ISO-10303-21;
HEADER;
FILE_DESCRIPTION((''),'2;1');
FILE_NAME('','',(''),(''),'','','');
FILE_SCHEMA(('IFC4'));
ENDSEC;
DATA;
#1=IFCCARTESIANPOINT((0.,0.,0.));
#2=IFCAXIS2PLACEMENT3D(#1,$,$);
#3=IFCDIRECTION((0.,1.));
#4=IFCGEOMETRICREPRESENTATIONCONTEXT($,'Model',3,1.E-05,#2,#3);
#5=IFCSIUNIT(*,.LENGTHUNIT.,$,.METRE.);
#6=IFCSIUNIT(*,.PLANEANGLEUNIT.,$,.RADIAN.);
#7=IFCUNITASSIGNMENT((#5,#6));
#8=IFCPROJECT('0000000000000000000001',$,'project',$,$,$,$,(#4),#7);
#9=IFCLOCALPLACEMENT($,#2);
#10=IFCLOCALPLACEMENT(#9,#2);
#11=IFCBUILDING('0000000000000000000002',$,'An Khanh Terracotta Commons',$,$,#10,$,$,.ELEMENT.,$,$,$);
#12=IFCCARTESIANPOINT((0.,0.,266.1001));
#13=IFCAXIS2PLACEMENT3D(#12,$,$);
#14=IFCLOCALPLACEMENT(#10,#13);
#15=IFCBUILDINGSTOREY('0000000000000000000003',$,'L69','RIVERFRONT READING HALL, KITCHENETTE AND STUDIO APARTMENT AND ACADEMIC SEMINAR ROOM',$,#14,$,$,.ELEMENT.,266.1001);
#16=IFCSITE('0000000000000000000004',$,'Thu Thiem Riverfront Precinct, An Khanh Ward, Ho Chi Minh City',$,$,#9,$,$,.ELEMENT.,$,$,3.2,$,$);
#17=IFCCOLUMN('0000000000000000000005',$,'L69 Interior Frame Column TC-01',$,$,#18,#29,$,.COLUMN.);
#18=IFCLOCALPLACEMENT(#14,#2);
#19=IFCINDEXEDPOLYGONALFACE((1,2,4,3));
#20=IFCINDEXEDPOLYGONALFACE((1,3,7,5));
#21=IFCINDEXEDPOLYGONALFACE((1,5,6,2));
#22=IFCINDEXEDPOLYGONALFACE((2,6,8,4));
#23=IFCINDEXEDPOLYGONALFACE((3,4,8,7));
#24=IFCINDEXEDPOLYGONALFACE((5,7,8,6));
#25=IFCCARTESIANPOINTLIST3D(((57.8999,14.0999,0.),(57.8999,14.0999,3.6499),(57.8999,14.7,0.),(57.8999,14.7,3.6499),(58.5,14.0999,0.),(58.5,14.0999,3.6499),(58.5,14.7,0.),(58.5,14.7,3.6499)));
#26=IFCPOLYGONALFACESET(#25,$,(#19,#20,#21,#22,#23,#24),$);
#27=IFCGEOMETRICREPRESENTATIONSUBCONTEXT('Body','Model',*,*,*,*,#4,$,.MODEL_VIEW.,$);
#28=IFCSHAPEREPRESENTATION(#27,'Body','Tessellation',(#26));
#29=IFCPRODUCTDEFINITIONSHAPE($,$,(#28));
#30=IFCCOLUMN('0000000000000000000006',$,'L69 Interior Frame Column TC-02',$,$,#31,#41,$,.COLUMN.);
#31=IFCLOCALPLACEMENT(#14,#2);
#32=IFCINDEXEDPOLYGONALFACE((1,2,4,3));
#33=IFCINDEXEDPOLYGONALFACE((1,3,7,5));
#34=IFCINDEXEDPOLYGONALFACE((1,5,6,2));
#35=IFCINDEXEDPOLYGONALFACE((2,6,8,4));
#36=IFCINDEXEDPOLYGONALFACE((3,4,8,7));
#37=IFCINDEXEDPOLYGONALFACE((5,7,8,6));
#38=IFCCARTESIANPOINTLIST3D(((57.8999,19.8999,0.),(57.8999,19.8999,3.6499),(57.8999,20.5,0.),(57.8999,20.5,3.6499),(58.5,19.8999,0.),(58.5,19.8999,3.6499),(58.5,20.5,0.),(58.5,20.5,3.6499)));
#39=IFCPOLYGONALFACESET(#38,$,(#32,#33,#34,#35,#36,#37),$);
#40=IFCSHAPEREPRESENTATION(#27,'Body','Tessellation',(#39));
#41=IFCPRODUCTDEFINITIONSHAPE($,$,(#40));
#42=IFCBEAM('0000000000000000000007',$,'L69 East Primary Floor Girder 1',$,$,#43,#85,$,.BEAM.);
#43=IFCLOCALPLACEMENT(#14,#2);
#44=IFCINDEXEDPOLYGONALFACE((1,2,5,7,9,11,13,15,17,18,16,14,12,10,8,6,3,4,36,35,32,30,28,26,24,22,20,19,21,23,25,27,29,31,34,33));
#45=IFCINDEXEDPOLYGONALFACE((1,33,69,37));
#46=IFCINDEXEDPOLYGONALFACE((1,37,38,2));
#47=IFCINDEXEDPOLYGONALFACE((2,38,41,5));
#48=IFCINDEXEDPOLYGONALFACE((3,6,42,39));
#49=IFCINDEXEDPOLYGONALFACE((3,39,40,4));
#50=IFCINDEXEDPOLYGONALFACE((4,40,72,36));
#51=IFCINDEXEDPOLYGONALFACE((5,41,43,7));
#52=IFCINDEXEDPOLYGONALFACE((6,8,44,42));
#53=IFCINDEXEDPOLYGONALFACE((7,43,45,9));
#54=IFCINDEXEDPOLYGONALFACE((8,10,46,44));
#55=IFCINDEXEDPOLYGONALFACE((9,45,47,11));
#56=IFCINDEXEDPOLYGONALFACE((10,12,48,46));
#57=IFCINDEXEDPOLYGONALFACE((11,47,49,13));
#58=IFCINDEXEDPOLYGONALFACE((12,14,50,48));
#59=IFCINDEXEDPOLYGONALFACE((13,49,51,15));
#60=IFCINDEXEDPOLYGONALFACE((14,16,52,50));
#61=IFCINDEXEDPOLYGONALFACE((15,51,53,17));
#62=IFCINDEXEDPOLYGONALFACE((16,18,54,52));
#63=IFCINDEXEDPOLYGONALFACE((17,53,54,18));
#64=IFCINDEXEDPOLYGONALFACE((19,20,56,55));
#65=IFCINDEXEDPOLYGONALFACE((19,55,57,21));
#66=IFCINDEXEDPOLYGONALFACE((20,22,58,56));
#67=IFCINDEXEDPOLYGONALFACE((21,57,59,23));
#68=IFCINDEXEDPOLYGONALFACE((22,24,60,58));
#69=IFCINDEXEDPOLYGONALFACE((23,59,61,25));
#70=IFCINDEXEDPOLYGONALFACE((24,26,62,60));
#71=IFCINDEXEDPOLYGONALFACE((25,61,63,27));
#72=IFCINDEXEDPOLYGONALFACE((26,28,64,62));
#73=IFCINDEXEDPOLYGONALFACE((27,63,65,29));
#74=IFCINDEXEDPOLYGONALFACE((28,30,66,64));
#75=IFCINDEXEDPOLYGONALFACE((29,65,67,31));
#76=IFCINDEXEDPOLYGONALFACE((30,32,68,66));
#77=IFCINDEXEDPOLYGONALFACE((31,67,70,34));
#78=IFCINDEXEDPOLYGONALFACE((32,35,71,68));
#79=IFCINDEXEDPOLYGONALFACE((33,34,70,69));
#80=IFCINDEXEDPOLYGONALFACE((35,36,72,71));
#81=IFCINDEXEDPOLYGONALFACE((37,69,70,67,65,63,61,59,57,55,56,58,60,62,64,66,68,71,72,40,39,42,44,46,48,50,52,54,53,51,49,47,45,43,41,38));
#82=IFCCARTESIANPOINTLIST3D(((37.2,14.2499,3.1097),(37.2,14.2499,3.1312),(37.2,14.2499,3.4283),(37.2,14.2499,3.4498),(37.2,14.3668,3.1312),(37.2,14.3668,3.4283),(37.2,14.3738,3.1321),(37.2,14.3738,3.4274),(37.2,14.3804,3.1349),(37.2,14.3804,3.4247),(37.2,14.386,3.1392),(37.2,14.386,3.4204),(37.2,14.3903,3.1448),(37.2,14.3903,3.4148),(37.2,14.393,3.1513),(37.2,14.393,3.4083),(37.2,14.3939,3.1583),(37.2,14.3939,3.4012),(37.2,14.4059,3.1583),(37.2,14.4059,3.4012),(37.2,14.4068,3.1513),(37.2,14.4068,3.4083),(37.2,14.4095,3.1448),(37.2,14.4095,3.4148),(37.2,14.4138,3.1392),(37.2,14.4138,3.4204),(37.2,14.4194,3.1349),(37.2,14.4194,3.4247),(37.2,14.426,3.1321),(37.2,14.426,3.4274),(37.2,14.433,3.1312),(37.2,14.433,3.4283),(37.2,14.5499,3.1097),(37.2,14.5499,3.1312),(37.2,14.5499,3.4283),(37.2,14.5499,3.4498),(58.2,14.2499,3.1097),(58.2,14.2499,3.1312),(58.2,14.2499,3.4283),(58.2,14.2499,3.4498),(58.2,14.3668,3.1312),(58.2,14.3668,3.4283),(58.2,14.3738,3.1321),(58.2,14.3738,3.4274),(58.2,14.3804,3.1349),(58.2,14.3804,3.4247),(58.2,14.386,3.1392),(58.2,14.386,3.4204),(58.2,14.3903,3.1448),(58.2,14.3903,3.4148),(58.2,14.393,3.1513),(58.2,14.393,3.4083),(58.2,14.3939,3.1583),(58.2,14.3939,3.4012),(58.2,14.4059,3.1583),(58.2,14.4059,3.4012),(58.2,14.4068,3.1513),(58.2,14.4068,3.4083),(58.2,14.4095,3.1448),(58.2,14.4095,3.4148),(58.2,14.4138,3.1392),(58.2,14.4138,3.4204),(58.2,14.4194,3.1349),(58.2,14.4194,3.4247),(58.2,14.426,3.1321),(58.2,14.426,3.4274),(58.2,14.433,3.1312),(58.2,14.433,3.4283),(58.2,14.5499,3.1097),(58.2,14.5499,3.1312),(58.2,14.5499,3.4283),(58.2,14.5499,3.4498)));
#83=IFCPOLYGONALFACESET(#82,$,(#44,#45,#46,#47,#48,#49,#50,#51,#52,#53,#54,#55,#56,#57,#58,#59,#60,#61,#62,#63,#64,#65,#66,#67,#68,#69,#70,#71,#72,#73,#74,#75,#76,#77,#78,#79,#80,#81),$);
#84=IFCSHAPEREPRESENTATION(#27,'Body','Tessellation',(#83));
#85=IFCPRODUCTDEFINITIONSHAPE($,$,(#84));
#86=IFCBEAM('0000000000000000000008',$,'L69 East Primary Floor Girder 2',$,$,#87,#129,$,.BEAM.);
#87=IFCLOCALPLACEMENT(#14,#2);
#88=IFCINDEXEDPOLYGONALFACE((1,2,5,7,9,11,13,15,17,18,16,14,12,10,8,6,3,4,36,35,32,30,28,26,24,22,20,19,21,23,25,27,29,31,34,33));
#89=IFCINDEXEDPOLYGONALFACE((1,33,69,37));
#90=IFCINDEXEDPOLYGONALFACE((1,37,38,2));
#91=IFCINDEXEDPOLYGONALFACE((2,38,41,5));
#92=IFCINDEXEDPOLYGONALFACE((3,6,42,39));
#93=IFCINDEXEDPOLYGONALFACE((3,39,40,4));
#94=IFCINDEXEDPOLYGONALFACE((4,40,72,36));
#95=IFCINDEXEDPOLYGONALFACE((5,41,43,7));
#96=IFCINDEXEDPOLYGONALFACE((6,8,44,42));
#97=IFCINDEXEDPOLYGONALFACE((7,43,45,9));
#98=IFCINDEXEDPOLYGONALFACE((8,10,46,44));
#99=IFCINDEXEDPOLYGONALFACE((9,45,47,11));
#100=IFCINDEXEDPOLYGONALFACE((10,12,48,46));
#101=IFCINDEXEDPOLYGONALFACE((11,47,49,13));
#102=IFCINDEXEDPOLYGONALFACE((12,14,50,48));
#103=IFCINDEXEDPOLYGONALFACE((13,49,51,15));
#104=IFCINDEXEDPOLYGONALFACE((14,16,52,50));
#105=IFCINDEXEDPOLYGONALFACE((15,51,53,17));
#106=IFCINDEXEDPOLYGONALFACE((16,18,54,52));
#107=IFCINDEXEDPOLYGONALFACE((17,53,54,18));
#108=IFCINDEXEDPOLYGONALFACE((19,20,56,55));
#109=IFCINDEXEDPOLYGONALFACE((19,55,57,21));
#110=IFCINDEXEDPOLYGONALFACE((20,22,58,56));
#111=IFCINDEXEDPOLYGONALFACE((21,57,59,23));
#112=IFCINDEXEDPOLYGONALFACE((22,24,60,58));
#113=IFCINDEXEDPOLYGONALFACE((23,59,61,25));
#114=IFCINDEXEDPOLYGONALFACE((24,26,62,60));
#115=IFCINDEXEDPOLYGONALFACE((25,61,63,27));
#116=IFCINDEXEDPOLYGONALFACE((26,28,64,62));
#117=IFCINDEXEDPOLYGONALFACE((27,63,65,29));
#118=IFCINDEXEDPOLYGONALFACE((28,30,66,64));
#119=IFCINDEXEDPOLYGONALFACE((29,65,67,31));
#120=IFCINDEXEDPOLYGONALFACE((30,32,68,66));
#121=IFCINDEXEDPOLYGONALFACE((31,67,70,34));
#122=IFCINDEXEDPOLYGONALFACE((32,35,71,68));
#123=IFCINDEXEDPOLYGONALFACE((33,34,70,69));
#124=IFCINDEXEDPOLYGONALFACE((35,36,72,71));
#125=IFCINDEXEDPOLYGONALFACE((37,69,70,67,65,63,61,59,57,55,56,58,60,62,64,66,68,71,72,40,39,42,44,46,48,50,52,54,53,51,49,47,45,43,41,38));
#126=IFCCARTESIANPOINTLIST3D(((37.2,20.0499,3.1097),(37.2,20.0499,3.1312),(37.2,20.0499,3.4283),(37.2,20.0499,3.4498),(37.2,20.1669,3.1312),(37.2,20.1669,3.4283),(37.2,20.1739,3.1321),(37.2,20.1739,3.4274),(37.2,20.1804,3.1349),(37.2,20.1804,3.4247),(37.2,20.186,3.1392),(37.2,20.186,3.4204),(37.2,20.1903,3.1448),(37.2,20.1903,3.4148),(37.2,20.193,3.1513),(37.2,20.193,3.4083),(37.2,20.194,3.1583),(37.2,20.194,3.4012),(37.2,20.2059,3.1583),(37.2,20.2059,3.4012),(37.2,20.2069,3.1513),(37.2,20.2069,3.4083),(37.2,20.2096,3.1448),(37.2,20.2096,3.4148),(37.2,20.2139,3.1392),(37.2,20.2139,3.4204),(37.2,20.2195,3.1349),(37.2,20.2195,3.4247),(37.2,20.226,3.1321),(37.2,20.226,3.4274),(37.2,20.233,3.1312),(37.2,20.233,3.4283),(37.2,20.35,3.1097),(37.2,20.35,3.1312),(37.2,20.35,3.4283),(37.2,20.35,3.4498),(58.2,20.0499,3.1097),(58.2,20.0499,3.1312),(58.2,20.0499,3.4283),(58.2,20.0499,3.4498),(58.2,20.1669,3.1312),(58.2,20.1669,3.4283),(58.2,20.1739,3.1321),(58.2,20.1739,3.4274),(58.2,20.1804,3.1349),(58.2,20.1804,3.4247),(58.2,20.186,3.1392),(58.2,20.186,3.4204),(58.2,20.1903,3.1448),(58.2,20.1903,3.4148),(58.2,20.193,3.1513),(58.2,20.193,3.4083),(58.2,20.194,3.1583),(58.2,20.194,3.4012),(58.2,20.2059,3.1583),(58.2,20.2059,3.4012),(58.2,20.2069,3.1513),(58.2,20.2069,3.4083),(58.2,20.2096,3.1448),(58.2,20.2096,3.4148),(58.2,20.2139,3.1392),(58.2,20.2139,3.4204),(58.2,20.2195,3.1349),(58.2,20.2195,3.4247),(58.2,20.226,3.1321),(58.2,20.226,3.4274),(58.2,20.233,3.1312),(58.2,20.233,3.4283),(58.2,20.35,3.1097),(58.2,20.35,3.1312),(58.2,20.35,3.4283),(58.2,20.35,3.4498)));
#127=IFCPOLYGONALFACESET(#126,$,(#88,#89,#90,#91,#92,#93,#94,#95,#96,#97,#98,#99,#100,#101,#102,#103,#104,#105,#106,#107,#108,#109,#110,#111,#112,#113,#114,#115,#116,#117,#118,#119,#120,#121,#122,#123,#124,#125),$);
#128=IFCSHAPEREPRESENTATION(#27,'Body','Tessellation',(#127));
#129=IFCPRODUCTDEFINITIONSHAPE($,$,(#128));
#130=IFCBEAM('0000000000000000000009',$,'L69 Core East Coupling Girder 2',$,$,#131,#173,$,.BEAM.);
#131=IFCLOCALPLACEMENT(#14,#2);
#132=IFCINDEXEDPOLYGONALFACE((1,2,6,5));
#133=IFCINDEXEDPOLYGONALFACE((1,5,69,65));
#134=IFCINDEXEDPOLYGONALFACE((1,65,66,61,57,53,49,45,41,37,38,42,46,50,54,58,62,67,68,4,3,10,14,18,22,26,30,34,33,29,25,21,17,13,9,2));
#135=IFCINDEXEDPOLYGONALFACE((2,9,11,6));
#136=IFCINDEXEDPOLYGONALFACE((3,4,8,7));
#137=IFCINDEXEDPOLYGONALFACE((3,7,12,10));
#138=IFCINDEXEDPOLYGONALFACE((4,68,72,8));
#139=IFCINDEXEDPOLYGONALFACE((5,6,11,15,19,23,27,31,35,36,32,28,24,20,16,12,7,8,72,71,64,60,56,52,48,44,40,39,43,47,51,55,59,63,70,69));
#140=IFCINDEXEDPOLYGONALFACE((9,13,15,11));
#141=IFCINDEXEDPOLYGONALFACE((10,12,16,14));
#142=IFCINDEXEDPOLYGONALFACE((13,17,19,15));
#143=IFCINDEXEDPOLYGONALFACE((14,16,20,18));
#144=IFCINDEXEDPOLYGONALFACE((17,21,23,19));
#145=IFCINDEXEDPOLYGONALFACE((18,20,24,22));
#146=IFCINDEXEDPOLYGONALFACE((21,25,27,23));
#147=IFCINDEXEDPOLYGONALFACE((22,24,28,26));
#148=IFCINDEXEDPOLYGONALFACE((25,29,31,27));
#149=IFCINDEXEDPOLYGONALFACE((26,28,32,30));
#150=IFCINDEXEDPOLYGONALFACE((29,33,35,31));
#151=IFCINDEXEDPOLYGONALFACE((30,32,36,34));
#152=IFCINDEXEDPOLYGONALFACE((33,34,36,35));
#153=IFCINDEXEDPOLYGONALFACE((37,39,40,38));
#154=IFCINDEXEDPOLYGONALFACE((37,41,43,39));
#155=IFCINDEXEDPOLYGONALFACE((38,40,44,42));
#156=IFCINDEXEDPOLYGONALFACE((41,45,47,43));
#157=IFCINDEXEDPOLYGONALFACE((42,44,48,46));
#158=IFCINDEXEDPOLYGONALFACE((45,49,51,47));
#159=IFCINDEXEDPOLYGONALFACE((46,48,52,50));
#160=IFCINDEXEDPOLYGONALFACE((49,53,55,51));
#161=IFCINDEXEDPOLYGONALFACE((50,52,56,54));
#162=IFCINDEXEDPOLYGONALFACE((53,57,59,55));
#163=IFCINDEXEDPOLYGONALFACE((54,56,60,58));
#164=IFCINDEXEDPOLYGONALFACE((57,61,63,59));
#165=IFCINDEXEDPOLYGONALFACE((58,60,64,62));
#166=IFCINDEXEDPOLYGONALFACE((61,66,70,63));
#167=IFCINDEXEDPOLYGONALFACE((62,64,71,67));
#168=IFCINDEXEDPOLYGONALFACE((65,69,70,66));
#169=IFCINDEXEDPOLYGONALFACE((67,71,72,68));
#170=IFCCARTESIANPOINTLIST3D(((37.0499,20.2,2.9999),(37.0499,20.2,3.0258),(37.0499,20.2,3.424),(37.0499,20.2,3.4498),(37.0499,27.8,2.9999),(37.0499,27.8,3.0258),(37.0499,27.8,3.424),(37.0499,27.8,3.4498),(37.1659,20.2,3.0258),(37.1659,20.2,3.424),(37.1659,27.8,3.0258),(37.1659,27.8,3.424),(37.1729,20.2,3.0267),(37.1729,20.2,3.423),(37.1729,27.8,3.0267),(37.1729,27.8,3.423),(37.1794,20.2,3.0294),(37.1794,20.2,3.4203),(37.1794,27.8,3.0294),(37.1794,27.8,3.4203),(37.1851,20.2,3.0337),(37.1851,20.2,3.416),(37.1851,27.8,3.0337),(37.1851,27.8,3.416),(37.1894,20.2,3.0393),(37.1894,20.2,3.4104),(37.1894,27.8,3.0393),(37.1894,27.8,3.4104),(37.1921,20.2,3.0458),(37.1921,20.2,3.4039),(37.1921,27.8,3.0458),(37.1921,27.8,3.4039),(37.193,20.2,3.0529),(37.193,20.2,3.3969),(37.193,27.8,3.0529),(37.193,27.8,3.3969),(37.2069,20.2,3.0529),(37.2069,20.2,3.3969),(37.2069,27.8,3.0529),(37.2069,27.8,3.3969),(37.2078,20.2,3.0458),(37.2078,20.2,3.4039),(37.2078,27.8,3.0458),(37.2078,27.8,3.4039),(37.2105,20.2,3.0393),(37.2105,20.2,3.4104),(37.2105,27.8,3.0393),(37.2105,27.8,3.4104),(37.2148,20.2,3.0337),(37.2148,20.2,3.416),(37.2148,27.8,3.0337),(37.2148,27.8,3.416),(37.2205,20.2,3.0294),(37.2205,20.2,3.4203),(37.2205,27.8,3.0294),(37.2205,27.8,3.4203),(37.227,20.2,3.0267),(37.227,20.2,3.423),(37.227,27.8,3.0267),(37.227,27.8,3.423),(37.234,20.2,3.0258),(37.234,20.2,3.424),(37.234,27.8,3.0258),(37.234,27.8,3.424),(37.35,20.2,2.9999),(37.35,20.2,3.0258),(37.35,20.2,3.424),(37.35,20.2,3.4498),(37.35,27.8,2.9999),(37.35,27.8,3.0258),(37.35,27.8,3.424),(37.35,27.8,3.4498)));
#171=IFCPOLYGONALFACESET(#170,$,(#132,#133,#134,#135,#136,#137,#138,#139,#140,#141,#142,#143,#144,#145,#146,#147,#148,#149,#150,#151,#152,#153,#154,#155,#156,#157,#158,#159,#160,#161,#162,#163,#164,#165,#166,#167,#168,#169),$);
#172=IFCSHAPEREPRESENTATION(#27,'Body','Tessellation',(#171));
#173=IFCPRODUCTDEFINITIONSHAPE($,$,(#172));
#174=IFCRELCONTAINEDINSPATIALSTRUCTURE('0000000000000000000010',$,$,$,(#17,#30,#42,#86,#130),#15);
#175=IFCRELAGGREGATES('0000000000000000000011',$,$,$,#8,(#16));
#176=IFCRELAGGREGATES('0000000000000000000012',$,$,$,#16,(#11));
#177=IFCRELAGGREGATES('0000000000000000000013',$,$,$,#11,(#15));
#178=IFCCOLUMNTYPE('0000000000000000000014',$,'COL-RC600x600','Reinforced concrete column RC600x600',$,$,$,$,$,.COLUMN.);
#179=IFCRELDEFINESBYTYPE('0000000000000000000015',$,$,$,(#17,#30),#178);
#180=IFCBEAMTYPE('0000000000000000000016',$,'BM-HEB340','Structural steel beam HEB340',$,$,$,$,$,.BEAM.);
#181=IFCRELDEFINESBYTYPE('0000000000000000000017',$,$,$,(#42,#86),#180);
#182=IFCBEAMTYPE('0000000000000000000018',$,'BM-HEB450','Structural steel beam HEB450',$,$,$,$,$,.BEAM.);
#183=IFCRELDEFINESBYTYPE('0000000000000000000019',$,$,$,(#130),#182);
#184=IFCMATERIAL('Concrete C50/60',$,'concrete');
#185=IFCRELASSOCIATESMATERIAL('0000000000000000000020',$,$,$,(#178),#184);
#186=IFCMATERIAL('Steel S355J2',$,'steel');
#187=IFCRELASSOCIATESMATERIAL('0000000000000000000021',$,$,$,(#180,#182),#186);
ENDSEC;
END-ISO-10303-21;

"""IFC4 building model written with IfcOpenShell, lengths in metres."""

from ifc_helpers import new_model, si_unit, direction, frame, origin, origin_2d, place, context, subcontext, project, spatial, rectangle, i_section, extrude, material, material_profile, profile_set, type_object, element, save


model = new_model("IFC4")

# Units and contexts
model_context = context("Model", 3, precision=1e-05, world=origin(), true_north=direction((0.0, 1.0)))
body_context = subcontext(model_context, "Body", "Model", "MODEL_VIEW")
ifc_project = project(units=[si_unit("LENGTHUNIT", "METRE"), si_unit("PLANEANGLEUNIT", "RADIAN")], contexts=[model_context])

# Site, building, storey
site_placement = place(None, origin())
site = spatial("IfcSite", under=ifc_project, at=site_placement, Name="Thu Thiem Riverfront Precinct, An Khanh Ward, Ho Chi Minh City", CompositionType="ELEMENT", RefElevation=3.2)
building_placement = place(site_placement, origin())
building = spatial("IfcBuilding", under=site, at=building_placement, Name="An Khanh Terracotta Commons", CompositionType="ELEMENT")
storey_placement = place(building_placement, frame((0.0, 0.0, 266.1001)))
storey = spatial("IfcBuildingStorey", under=building, at=storey_placement, Name="L69", Description="RIVERFRONT READING HALL, KITCHENETTE AND STUDIO APARTMENT AND ACADEMIC SEMINAR ROOM", CompositionType="ELEMENT", Elevation=266.1001)

# Columns
ifc_material_1 = material(Name="Concrete C50/60", Category="concrete")
ifc_material_profile_1 = material_profile(ifc_material_1, rectangle(XDim=0.6001, YDim=0.6001, at=origin_2d()), Name="RC600x600")
ifc_profile_set_1 = profile_set([ifc_material_profile_1], Name="Concrete C50/60")
column_type = type_object("IfcColumnType", Name="COL-RC600x600", Description="Reinforced concrete column RC600x600", PredefinedType="COLUMN", material=ifc_profile_set_1)
for number, where, z_axis, x_axis, name in (
    (1, (58.2, 14.3999, 0.0), (0.0, 0.0, 1.0), (1.0, 0.0, 0.0), "L69 Interior Frame Column TC-01"),
    (2, (58.2, 20.2, 0.0), (0.0, 0.0, 1.0), (1.0, 0.0, 0.0), "L69 Interior Frame Column TC-02"),
):
    element("IfcColumn", number, at=place(storey_placement, frame(where, z_axis=z_axis, x_axis=x_axis)), inside=storey, type_object=column_type, Name=name, PredefinedType="COLUMN", context=body_context, shape_type="SweptSolid", body=[
        extrude(rectangle(XDim=0.6001, YDim=0.6001, at=origin_2d()), origin(), (0.0, 0.0, 1.0), 3.6499),
    ])

# Beams
ifc_material_2 = material(Name="Steel S355J2", Category="steel")
ifc_material_profile_2 = material_profile(ifc_material_2, i_section(OverallWidth=0.3, OverallDepth=0.3401, WebThickness=0.012, FlangeThickness=0.0215, FilletRadius=0.0271, at=origin_2d()), Name="HEB340")
ifc_profile_set_2 = profile_set([ifc_material_profile_2], Name="Steel S355J2")
beam_type_1 = type_object("IfcBeamType", Name="BM-HEB340", Description="Structural steel beam HEB340", PredefinedType="BEAM", material=ifc_profile_set_2)
for number, where, z_axis, x_axis, name in (
    (3, (37.2, 14.3999, 3.2798), (1.0, 0.0, 0.0), (0.0, 1.0, 0.0), "L69 East Primary Floor Girder 1"),
    (4, (37.2, 20.2, 3.2798), (1.0, 0.0, 0.0), (0.0, 1.0, 0.0), "L69 East Primary Floor Girder 2"),
):
    element("IfcBeam", number, at=place(storey_placement, frame(where, z_axis=z_axis, x_axis=x_axis)), inside=storey, type_object=beam_type_1, Name=name, PredefinedType="BEAM", context=body_context, shape_type="SweptSolid", body=[
        extrude(i_section(OverallWidth=0.3, OverallDepth=0.3401, WebThickness=0.012, FlangeThickness=0.0215, FilletRadius=0.0271, at=origin_2d()), origin(), (0.0, 0.0, 1.0), 21.0),
    ])
ifc_material_profile_3 = material_profile(ifc_material_2, i_section(OverallWidth=0.3, OverallDepth=0.45, WebThickness=0.0139, FlangeThickness=0.0259, FilletRadius=0.0271, at=origin_2d()), Name="HEB450")
ifc_profile_set_3 = profile_set([ifc_material_profile_3], Name="Steel S355J2")
beam_type_2 = type_object("IfcBeamType", Name="BM-HEB450", Description="Structural steel beam HEB450", PredefinedType="BEAM", material=ifc_profile_set_3)
beam_placement = place(storey_placement, frame((37.2, 20.2, 3.2249), z_axis=(0.0, 1.0, 0.0), x_axis=(-1.0, 0.0, 0.0)))
element("IfcBeam", 5, at=beam_placement, inside=storey, type_object=beam_type_2, Name="L69 Core East Coupling Girder 2", PredefinedType="BEAM", context=body_context, shape_type="SweptSolid", body=[
    extrude(i_section(OverallWidth=0.3, OverallDepth=0.45, WebThickness=0.0139, FlangeThickness=0.0259, FilletRadius=0.0271, at=origin_2d()), origin(), (0.0, 0.0, 1.0), 7.6001),
])

save(model, "model.ifc")
